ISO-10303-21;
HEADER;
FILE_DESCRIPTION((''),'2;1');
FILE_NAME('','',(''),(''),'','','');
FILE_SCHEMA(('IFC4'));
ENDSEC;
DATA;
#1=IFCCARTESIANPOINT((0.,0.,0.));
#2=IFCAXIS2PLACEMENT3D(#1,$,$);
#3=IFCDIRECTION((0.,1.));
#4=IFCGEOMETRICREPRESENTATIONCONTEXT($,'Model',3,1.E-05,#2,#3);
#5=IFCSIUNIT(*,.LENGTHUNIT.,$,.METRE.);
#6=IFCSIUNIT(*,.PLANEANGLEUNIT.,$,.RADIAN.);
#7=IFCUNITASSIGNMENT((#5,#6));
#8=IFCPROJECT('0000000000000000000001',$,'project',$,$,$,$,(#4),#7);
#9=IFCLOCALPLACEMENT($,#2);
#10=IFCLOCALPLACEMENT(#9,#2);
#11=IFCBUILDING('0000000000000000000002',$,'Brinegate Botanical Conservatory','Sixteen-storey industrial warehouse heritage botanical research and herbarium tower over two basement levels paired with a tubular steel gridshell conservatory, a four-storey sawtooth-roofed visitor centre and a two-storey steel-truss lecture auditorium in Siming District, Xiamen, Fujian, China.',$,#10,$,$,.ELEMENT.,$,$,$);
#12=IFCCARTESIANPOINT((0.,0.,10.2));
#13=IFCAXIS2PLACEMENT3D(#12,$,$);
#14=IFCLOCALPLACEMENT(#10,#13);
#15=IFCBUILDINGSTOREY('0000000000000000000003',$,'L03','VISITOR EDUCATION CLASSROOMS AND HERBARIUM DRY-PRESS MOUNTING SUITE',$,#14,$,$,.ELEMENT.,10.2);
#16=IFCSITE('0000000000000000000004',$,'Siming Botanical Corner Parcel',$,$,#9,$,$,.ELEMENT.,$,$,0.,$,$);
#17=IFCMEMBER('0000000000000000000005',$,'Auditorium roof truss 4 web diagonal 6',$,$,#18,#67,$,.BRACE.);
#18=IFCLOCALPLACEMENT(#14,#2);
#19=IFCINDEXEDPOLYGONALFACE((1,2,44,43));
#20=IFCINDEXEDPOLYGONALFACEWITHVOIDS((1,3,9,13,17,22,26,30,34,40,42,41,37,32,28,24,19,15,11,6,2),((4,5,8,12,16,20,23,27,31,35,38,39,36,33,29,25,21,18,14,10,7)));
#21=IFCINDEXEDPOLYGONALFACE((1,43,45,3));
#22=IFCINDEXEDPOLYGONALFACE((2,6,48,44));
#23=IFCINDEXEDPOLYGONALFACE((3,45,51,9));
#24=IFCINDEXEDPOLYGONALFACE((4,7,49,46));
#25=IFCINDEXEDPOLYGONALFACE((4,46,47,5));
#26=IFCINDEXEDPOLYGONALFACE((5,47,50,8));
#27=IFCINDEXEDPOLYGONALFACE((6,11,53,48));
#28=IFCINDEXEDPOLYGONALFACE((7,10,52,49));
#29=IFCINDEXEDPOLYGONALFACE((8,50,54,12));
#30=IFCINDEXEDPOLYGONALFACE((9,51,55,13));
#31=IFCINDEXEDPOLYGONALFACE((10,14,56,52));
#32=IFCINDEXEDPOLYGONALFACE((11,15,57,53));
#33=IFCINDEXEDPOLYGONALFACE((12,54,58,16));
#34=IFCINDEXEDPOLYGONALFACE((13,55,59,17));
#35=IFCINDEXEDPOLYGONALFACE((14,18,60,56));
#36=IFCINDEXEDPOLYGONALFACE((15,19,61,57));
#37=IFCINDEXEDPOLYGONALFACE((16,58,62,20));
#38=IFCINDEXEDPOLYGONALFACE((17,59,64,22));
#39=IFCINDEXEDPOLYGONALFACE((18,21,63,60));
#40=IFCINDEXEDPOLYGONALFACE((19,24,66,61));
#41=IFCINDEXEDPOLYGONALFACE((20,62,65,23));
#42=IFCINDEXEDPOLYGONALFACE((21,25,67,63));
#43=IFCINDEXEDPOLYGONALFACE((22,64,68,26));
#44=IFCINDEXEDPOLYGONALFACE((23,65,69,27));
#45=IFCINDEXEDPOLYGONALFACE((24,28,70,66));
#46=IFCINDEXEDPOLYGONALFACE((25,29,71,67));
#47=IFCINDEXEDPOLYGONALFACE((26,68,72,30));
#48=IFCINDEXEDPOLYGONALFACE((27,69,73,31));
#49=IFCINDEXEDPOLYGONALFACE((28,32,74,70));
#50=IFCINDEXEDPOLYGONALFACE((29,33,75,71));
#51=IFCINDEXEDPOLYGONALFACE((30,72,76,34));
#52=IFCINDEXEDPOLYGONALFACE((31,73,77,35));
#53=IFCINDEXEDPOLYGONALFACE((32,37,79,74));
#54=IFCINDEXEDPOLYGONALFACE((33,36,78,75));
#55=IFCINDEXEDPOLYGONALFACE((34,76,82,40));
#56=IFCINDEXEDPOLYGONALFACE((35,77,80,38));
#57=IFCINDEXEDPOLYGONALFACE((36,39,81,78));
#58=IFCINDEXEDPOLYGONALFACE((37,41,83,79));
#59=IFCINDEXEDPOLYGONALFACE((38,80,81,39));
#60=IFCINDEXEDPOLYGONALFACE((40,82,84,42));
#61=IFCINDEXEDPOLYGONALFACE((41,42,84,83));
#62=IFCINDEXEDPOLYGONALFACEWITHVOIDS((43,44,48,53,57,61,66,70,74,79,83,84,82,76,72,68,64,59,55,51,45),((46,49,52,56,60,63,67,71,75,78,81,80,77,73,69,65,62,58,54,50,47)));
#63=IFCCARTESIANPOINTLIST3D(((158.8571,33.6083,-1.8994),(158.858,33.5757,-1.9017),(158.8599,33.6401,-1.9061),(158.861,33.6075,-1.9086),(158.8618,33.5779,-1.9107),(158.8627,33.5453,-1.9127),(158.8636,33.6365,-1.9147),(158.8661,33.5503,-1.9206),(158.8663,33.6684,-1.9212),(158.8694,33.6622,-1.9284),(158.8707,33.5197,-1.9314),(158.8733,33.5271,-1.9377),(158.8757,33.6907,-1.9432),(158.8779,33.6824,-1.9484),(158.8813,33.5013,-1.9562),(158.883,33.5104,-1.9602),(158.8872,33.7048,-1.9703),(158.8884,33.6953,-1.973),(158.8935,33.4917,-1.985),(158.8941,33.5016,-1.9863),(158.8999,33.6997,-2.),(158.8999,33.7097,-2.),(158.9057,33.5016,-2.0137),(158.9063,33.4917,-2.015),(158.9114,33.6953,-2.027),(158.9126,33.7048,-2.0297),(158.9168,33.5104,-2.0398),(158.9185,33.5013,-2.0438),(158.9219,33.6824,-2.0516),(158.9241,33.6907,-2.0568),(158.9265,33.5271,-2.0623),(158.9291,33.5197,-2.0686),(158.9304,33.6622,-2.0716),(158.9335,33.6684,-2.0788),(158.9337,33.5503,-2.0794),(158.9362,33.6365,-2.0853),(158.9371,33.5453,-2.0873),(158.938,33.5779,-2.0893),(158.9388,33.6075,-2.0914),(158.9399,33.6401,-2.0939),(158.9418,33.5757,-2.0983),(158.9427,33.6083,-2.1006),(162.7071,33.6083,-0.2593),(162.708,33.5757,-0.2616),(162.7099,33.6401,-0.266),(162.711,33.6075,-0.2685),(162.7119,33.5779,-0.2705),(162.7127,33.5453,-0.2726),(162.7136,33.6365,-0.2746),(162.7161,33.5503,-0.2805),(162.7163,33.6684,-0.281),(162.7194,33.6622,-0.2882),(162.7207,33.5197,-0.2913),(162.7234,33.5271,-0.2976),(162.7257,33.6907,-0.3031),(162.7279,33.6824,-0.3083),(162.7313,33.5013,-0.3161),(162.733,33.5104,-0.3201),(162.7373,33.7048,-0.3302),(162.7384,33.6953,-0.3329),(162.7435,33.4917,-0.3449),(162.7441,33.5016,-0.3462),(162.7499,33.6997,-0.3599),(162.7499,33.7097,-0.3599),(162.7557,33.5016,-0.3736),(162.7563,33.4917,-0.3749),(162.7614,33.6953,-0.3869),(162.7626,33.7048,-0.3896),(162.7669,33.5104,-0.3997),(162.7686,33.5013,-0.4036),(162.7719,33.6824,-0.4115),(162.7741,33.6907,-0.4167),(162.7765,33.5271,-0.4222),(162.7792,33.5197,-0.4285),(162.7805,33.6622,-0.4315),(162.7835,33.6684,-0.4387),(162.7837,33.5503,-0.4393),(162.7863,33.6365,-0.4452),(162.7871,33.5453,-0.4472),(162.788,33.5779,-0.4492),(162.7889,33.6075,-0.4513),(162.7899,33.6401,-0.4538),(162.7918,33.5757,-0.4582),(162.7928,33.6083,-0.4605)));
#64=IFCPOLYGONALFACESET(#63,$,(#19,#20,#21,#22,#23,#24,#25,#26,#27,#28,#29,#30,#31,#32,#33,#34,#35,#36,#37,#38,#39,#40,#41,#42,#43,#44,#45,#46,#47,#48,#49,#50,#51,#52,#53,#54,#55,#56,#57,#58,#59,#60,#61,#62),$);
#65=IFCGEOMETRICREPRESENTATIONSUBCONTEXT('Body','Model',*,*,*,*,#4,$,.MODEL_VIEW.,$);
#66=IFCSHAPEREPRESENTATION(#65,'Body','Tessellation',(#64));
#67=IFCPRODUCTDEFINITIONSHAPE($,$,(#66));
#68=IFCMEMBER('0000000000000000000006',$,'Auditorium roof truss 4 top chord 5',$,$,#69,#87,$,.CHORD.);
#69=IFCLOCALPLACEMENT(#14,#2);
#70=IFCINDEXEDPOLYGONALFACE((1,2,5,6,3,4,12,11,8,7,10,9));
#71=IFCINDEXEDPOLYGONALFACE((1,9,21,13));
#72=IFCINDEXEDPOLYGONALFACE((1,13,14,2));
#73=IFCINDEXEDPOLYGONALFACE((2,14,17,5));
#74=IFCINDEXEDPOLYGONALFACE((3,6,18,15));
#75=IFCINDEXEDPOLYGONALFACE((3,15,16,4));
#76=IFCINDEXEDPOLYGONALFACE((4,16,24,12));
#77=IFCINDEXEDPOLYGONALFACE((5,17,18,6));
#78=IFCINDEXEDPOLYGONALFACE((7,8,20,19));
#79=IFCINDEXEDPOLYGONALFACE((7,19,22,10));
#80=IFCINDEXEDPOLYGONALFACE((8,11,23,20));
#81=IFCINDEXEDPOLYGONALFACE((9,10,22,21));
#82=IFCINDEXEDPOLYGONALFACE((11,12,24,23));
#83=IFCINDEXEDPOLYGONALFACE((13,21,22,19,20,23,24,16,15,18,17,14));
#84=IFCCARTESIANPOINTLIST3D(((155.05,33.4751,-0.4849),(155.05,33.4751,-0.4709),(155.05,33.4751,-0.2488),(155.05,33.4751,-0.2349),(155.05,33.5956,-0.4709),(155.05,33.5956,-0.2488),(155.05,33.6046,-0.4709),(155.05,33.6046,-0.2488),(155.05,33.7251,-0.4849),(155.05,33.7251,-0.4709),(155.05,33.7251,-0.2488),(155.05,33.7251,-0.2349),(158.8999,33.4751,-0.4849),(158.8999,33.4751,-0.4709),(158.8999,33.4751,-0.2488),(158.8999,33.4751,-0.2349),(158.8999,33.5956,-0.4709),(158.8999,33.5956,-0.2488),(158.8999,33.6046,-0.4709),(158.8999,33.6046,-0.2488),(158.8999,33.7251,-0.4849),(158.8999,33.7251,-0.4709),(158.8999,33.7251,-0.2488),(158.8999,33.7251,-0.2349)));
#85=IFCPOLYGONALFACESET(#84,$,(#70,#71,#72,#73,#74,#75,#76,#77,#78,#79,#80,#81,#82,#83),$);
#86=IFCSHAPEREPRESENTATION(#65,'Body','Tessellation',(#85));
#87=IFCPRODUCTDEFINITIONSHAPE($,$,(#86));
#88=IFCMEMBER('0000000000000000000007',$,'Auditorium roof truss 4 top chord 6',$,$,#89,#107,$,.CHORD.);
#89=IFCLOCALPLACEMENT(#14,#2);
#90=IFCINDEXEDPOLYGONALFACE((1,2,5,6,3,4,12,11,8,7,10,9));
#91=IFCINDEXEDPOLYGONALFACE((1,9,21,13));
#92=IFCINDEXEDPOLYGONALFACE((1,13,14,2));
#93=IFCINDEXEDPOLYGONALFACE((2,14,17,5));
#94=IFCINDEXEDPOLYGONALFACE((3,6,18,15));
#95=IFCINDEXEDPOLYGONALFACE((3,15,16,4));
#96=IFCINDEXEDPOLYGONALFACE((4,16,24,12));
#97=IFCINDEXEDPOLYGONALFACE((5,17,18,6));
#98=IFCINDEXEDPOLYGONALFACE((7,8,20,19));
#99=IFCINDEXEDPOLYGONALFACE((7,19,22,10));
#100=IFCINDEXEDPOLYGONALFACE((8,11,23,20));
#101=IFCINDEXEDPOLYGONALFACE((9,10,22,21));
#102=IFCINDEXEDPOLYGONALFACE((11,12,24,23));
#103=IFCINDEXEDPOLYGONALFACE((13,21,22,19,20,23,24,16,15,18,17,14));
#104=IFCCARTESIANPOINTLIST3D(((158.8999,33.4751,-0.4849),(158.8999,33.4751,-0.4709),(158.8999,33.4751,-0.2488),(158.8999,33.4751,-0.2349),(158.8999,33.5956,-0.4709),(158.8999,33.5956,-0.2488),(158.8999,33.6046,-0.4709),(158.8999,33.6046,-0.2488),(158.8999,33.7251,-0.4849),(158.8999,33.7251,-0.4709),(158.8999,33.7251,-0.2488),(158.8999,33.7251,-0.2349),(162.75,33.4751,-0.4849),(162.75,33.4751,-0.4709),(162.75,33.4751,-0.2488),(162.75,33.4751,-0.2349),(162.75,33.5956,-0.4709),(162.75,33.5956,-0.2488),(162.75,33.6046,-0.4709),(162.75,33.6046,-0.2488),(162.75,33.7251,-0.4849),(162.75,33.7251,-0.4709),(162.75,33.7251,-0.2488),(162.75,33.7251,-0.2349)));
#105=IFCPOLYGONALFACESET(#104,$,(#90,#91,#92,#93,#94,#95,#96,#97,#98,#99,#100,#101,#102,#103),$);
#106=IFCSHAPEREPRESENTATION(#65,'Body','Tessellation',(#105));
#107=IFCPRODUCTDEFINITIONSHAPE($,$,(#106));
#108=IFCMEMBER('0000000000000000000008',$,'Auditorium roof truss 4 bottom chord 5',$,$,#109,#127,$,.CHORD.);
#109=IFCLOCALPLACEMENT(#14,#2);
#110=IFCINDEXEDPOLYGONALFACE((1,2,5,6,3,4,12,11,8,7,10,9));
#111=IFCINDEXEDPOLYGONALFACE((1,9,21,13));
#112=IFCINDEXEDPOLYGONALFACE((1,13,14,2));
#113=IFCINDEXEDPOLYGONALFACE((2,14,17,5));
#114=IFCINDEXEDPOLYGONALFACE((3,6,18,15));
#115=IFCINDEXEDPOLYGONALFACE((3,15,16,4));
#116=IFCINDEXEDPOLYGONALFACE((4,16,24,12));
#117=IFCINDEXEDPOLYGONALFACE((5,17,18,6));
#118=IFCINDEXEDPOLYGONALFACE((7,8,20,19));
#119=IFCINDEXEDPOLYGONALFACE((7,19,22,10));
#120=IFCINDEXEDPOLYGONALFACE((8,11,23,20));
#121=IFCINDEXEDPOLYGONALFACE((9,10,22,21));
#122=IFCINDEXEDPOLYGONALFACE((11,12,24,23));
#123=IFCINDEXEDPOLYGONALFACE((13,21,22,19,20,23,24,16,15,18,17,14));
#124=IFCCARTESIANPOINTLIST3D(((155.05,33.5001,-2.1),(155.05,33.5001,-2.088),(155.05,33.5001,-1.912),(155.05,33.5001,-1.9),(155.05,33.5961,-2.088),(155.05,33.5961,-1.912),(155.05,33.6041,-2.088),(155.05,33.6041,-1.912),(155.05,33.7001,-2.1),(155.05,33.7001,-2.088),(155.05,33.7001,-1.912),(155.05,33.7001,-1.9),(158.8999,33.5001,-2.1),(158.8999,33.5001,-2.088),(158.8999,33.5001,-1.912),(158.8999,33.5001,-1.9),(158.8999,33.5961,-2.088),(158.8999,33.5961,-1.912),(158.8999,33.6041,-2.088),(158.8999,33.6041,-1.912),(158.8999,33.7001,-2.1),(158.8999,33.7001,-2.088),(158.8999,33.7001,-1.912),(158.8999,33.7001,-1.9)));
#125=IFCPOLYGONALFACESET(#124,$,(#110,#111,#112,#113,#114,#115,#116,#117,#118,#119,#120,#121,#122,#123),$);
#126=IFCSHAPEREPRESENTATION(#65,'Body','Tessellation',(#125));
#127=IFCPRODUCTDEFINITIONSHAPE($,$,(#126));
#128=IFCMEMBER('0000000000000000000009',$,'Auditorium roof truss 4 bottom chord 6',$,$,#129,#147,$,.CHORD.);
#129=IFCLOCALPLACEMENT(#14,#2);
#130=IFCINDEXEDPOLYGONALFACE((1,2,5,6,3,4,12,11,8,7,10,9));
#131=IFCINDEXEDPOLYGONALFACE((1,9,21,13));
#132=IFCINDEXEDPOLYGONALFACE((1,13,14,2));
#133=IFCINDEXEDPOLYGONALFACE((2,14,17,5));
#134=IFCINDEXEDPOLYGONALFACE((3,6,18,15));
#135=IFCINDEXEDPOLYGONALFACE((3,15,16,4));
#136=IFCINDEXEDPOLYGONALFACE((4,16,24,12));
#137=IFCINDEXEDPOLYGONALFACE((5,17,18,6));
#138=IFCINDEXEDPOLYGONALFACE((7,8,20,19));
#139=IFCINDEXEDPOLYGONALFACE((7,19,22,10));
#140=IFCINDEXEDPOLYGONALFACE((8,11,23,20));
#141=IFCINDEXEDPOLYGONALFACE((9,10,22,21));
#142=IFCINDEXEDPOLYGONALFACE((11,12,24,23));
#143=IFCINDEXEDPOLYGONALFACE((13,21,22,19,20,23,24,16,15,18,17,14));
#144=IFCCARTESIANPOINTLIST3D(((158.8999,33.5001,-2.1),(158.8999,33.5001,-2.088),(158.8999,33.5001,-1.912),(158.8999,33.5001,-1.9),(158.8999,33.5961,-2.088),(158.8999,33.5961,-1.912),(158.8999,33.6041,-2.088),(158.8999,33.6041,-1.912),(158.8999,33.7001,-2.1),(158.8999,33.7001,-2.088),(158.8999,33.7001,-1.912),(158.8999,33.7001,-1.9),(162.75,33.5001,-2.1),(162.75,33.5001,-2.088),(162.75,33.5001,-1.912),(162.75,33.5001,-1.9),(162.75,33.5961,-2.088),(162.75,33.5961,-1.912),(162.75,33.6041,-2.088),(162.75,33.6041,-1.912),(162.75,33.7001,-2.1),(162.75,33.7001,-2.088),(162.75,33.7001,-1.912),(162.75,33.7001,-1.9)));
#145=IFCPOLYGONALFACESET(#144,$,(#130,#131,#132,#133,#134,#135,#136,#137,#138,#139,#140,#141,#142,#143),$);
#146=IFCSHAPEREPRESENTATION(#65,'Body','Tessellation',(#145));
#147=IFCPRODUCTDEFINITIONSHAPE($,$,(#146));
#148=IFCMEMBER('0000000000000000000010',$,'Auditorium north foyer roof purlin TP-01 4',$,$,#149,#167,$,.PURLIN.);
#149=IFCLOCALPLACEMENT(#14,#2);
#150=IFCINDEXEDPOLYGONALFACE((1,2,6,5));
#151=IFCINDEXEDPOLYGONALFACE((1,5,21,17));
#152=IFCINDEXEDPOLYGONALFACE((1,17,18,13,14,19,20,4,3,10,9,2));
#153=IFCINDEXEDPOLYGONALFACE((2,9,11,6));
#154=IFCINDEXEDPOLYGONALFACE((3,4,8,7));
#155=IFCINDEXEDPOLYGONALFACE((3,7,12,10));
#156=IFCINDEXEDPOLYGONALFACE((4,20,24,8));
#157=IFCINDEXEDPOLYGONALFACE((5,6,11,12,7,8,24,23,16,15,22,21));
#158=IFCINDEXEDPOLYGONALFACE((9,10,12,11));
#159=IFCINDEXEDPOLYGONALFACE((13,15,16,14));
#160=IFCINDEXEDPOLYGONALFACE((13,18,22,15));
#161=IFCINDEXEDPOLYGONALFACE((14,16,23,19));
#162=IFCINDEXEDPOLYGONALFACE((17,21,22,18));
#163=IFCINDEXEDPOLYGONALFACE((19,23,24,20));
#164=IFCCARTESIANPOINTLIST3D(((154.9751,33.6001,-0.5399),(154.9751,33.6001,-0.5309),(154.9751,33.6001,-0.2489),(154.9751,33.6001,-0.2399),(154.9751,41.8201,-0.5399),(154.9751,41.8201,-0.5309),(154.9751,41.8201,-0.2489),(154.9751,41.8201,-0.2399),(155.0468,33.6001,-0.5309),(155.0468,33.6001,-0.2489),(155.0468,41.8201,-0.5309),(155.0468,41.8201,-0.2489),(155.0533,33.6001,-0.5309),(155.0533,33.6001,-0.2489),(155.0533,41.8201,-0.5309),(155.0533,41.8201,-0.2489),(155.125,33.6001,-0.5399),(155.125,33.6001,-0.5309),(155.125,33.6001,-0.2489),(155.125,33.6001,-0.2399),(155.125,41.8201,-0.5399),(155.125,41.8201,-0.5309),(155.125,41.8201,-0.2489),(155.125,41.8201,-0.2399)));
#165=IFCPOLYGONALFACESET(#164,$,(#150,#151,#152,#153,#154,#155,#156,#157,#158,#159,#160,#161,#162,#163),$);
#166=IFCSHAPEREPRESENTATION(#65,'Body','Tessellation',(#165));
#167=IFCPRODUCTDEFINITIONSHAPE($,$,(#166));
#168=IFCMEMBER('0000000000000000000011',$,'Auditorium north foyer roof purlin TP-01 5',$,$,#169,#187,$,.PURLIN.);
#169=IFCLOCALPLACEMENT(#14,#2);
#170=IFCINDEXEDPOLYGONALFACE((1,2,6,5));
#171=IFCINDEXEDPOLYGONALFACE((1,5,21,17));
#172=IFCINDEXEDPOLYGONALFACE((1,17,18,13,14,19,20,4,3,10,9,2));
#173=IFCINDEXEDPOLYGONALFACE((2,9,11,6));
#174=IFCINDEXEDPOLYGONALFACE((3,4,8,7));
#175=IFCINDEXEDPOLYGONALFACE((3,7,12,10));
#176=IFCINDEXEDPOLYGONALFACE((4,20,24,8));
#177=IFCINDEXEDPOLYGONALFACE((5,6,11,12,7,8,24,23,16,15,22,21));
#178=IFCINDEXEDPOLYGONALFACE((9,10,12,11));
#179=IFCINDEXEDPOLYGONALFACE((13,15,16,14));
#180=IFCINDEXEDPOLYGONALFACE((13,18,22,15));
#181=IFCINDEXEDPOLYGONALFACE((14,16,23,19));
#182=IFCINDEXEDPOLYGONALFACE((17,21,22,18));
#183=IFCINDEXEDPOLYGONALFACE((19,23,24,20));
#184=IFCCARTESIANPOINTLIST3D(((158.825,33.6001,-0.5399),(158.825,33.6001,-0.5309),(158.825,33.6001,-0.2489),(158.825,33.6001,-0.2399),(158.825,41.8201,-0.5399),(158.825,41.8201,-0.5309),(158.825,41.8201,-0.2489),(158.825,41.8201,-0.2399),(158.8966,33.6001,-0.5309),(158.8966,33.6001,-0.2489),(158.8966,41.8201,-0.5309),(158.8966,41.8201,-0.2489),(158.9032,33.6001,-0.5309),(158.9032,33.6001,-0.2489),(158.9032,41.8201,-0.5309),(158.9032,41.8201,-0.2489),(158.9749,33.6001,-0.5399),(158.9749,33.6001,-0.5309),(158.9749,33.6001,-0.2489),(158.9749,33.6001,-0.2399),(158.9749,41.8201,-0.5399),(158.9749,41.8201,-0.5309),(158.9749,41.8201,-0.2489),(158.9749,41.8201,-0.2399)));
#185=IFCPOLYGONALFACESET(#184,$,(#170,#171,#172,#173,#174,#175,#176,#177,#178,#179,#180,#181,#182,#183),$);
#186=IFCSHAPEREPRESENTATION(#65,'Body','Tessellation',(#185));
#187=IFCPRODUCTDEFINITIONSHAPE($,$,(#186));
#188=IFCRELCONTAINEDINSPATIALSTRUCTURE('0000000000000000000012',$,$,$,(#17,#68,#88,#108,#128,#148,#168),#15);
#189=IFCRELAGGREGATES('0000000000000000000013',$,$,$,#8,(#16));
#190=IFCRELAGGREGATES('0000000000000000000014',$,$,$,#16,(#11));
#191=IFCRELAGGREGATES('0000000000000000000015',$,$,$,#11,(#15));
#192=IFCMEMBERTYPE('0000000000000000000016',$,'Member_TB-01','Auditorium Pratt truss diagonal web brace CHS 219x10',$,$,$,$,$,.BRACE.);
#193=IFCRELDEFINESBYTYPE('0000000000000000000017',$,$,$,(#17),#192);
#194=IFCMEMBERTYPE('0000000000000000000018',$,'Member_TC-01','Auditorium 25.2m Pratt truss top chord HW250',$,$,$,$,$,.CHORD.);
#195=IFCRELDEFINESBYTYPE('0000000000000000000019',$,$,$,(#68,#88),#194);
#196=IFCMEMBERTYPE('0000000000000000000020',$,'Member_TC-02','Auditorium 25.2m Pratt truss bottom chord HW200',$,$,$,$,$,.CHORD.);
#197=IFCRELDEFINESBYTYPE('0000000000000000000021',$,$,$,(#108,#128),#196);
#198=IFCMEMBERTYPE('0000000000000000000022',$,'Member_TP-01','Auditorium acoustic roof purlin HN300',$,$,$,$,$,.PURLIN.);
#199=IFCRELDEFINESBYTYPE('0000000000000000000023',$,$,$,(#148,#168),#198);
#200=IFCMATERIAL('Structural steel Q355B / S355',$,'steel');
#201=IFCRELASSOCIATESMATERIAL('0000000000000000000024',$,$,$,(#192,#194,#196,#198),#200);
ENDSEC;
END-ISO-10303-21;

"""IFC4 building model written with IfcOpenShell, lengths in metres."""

from ifc_helpers import new_model, si_unit, direction, frame, origin, origin_2d, place, context, subcontext, project, spatial, hollow_circle, i_section, extrude, material, material_profile, profile_set, type_object, element, save


model = new_model("IFC4")

# Units and contexts
model_context = context("Model", 3, precision=1e-05, world=origin(), true_north=direction((0.0, 1.0)))
body_context = subcontext(model_context, "Body", "Model", "MODEL_VIEW")
ifc_project = project(units=[si_unit("LENGTHUNIT", "METRE"), si_unit("PLANEANGLEUNIT", "RADIAN")], contexts=[model_context])

# Site, building, storey
site_placement = place(None, origin())
site = spatial("IfcSite", under=ifc_project, at=site_placement, Name="Siming Botanical Corner Parcel", CompositionType="ELEMENT", RefElevation=0.0)
building_placement = place(site_placement, origin())
building = spatial("IfcBuilding", under=site, at=building_placement, Name="Brinegate Botanical Conservatory", Description="Sixteen-storey industrial warehouse heritage botanical research and herbarium tower over two basement levels paired with a tubular steel gridshell conservatory, a four-storey sawtooth-roofed visitor centre and a two-storey steel-truss lecture auditorium in Siming District, Xiamen, Fujian, China.", CompositionType="ELEMENT")
storey_placement = place(building_placement, frame((0.0, 0.0, 10.2)))
storey = spatial("IfcBuildingStorey", under=building, at=storey_placement, Name="L03", Description="VISITOR EDUCATION CLASSROOMS AND HERBARIUM DRY-PRESS MOUNTING SUITE", CompositionType="ELEMENT", Elevation=10.2)

# Members
ifc_material_1 = material(Name="Structural steel Q355B / S355", Category="steel")
ifc_material_profile_1 = material_profile(ifc_material_1, hollow_circle(Radius=0.1096, WallThickness=0.01, at=origin_2d()), Name="CHS 219x10")
ifc_profile_set_1 = profile_set([ifc_material_profile_1], Name="Structural steel Q355B / S355")
member_type_1 = type_object("IfcMemberType", Name="Member_TB-01", Description="Auditorium Pratt truss diagonal web brace CHS 219x10", PredefinedType="BRACE", material=ifc_profile_set_1)
member_1_placement = place(storey_placement, frame((158.8999, 33.6001, -2.0), z_axis=(0.92, 0.0, 0.391919), x_axis=(0.0, 1.0, 0.0)))
element("IfcMember", 1, at=member_1_placement, inside=storey, type_object=member_type_1, Name="Auditorium roof truss 4 web diagonal 6", PredefinedType="BRACE", context=body_context, shape_type="SweptSolid", body=[
    extrude(hollow_circle(Radius=0.1096, WallThickness=0.01, at=origin_2d()), origin(), (0.0, 0.0, 1.0), 4.1848),
])
ifc_material_profile_2 = material_profile(ifc_material_1, i_section(OverallWidth=0.25, OverallDepth=0.25, WebThickness=0.009, FlangeThickness=0.0139, at=origin_2d()), Name="HW 250x250x9x14")
ifc_profile_set_2 = profile_set([ifc_material_profile_2], Name="Structural steel Q355B / S355")
member_type_2 = type_object("IfcMemberType", Name="Member_TC-01", Description="Auditorium 25.2m Pratt truss top chord HW250", PredefinedType="CHORD", material=ifc_profile_set_2)
member_2_placement = place(storey_placement, frame((155.05, 33.6001, -0.3599), z_axis=(1.0, 0.0, 0.0), x_axis=(0.0, 1.0, 0.0)))
element("IfcMember", 2, at=member_2_placement, inside=storey, type_object=member_type_2, Name="Auditorium roof truss 4 top chord 5", PredefinedType="CHORD", context=body_context, shape_type="SweptSolid", body=[
    extrude(i_section(OverallWidth=0.25, OverallDepth=0.25, WebThickness=0.009, FlangeThickness=0.0139, at=origin_2d()), origin(), (0.0, 0.0, 1.0), 3.8499),
])
member_3_placement = place(storey_placement, frame((158.8999, 33.6001, -0.3599), z_axis=(1.0, 0.0, 0.0), x_axis=(0.0, 1.0, 0.0)))
element("IfcMember", 3, at=member_3_placement, inside=storey, type_object=member_type_2, Name="Auditorium roof truss 4 top chord 6", PredefinedType="CHORD", context=body_context, shape_type="SweptSolid", body=[
    extrude(i_section(OverallWidth=0.25, OverallDepth=0.25, WebThickness=0.009, FlangeThickness=0.0139, at=origin_2d()), origin(), (0.0, 0.0, 1.0), 3.8501),
])
ifc_material_profile_3 = material_profile(ifc_material_1, i_section(OverallWidth=0.2, OverallDepth=0.2, WebThickness=0.0081, FlangeThickness=0.012, at=origin_2d()), Name="HW 200x200x8x12")
ifc_profile_set_3 = profile_set([ifc_material_profile_3], Name="Structural steel Q355B / S355")
member_type_3 = type_object("IfcMemberType", Name="Member_TC-02", Description="Auditorium 25.2m Pratt truss bottom chord HW200", PredefinedType="CHORD", material=ifc_profile_set_3)
member_4_placement = place(storey_placement, frame((155.05, 33.6001, -2.0), z_axis=(1.0, 0.0, 0.0), x_axis=(0.0, 1.0, 0.0)))
element("IfcMember", 4, at=member_4_placement, inside=storey, type_object=member_type_3, Name="Auditorium roof truss 4 bottom chord 5", PredefinedType="CHORD", context=body_context, shape_type="SweptSolid", body=[
    extrude(i_section(OverallWidth=0.2, OverallDepth=0.2, WebThickness=0.0081, FlangeThickness=0.012, at=origin_2d()), origin(), (0.0, 0.0, 1.0), 3.8499),
])
member_5_placement = place(storey_placement, frame((158.8999, 33.6001, -2.0), z_axis=(1.0, 0.0, 0.0), x_axis=(0.0, 1.0, 0.0)))
element("IfcMember", 5, at=member_5_placement, inside=storey, type_object=member_type_3, Name="Auditorium roof truss 4 bottom chord 6", PredefinedType="CHORD", context=body_context, shape_type="SweptSolid", body=[
    extrude(i_section(OverallWidth=0.2, OverallDepth=0.2, WebThickness=0.0081, FlangeThickness=0.012, at=origin_2d()), origin(), (0.0, 0.0, 1.0), 3.8501),
])
ifc_material_profile_4 = material_profile(ifc_material_1, i_section(OverallWidth=0.1499, OverallDepth=0.3, WebThickness=0.0066, FlangeThickness=0.009, at=origin_2d()), Name="HN 300x150x6.5x9")
ifc_profile_set_4 = profile_set([ifc_material_profile_4], Name="Structural steel Q355B / S355")
member_type_4 = type_object("IfcMemberType", Name="Member_TP-01", Description="Auditorium acoustic roof purlin HN300", PredefinedType="PURLIN", material=ifc_profile_set_4)
for number, where, z_axis, x_axis, name in (
    (6, (155.05, 33.6001, -0.3899), (0.0, 1.0, 0.0), (-1.0, 0.0, 0.0), "Auditorium north foyer roof purlin TP-01 4"),
    (7, (158.8999, 33.6001, -0.3899), (0.0, 1.0, 0.0), (-1.0, 0.0, 0.0), "Auditorium north foyer roof purlin TP-01 5"),
):
    element("IfcMember", number, at=place(storey_placement, frame(where, z_axis=z_axis, x_axis=x_axis)), inside=storey, type_object=member_type_4, Name=name, PredefinedType="PURLIN", context=body_context, shape_type="SweptSolid", body=[
        extrude(i_section(OverallWidth=0.1499, OverallDepth=0.3, WebThickness=0.0066, FlangeThickness=0.009, at=origin_2d()), origin(), (0.0, 0.0, 1.0), 8.22),
    ])

save(model, "model.ifc")
